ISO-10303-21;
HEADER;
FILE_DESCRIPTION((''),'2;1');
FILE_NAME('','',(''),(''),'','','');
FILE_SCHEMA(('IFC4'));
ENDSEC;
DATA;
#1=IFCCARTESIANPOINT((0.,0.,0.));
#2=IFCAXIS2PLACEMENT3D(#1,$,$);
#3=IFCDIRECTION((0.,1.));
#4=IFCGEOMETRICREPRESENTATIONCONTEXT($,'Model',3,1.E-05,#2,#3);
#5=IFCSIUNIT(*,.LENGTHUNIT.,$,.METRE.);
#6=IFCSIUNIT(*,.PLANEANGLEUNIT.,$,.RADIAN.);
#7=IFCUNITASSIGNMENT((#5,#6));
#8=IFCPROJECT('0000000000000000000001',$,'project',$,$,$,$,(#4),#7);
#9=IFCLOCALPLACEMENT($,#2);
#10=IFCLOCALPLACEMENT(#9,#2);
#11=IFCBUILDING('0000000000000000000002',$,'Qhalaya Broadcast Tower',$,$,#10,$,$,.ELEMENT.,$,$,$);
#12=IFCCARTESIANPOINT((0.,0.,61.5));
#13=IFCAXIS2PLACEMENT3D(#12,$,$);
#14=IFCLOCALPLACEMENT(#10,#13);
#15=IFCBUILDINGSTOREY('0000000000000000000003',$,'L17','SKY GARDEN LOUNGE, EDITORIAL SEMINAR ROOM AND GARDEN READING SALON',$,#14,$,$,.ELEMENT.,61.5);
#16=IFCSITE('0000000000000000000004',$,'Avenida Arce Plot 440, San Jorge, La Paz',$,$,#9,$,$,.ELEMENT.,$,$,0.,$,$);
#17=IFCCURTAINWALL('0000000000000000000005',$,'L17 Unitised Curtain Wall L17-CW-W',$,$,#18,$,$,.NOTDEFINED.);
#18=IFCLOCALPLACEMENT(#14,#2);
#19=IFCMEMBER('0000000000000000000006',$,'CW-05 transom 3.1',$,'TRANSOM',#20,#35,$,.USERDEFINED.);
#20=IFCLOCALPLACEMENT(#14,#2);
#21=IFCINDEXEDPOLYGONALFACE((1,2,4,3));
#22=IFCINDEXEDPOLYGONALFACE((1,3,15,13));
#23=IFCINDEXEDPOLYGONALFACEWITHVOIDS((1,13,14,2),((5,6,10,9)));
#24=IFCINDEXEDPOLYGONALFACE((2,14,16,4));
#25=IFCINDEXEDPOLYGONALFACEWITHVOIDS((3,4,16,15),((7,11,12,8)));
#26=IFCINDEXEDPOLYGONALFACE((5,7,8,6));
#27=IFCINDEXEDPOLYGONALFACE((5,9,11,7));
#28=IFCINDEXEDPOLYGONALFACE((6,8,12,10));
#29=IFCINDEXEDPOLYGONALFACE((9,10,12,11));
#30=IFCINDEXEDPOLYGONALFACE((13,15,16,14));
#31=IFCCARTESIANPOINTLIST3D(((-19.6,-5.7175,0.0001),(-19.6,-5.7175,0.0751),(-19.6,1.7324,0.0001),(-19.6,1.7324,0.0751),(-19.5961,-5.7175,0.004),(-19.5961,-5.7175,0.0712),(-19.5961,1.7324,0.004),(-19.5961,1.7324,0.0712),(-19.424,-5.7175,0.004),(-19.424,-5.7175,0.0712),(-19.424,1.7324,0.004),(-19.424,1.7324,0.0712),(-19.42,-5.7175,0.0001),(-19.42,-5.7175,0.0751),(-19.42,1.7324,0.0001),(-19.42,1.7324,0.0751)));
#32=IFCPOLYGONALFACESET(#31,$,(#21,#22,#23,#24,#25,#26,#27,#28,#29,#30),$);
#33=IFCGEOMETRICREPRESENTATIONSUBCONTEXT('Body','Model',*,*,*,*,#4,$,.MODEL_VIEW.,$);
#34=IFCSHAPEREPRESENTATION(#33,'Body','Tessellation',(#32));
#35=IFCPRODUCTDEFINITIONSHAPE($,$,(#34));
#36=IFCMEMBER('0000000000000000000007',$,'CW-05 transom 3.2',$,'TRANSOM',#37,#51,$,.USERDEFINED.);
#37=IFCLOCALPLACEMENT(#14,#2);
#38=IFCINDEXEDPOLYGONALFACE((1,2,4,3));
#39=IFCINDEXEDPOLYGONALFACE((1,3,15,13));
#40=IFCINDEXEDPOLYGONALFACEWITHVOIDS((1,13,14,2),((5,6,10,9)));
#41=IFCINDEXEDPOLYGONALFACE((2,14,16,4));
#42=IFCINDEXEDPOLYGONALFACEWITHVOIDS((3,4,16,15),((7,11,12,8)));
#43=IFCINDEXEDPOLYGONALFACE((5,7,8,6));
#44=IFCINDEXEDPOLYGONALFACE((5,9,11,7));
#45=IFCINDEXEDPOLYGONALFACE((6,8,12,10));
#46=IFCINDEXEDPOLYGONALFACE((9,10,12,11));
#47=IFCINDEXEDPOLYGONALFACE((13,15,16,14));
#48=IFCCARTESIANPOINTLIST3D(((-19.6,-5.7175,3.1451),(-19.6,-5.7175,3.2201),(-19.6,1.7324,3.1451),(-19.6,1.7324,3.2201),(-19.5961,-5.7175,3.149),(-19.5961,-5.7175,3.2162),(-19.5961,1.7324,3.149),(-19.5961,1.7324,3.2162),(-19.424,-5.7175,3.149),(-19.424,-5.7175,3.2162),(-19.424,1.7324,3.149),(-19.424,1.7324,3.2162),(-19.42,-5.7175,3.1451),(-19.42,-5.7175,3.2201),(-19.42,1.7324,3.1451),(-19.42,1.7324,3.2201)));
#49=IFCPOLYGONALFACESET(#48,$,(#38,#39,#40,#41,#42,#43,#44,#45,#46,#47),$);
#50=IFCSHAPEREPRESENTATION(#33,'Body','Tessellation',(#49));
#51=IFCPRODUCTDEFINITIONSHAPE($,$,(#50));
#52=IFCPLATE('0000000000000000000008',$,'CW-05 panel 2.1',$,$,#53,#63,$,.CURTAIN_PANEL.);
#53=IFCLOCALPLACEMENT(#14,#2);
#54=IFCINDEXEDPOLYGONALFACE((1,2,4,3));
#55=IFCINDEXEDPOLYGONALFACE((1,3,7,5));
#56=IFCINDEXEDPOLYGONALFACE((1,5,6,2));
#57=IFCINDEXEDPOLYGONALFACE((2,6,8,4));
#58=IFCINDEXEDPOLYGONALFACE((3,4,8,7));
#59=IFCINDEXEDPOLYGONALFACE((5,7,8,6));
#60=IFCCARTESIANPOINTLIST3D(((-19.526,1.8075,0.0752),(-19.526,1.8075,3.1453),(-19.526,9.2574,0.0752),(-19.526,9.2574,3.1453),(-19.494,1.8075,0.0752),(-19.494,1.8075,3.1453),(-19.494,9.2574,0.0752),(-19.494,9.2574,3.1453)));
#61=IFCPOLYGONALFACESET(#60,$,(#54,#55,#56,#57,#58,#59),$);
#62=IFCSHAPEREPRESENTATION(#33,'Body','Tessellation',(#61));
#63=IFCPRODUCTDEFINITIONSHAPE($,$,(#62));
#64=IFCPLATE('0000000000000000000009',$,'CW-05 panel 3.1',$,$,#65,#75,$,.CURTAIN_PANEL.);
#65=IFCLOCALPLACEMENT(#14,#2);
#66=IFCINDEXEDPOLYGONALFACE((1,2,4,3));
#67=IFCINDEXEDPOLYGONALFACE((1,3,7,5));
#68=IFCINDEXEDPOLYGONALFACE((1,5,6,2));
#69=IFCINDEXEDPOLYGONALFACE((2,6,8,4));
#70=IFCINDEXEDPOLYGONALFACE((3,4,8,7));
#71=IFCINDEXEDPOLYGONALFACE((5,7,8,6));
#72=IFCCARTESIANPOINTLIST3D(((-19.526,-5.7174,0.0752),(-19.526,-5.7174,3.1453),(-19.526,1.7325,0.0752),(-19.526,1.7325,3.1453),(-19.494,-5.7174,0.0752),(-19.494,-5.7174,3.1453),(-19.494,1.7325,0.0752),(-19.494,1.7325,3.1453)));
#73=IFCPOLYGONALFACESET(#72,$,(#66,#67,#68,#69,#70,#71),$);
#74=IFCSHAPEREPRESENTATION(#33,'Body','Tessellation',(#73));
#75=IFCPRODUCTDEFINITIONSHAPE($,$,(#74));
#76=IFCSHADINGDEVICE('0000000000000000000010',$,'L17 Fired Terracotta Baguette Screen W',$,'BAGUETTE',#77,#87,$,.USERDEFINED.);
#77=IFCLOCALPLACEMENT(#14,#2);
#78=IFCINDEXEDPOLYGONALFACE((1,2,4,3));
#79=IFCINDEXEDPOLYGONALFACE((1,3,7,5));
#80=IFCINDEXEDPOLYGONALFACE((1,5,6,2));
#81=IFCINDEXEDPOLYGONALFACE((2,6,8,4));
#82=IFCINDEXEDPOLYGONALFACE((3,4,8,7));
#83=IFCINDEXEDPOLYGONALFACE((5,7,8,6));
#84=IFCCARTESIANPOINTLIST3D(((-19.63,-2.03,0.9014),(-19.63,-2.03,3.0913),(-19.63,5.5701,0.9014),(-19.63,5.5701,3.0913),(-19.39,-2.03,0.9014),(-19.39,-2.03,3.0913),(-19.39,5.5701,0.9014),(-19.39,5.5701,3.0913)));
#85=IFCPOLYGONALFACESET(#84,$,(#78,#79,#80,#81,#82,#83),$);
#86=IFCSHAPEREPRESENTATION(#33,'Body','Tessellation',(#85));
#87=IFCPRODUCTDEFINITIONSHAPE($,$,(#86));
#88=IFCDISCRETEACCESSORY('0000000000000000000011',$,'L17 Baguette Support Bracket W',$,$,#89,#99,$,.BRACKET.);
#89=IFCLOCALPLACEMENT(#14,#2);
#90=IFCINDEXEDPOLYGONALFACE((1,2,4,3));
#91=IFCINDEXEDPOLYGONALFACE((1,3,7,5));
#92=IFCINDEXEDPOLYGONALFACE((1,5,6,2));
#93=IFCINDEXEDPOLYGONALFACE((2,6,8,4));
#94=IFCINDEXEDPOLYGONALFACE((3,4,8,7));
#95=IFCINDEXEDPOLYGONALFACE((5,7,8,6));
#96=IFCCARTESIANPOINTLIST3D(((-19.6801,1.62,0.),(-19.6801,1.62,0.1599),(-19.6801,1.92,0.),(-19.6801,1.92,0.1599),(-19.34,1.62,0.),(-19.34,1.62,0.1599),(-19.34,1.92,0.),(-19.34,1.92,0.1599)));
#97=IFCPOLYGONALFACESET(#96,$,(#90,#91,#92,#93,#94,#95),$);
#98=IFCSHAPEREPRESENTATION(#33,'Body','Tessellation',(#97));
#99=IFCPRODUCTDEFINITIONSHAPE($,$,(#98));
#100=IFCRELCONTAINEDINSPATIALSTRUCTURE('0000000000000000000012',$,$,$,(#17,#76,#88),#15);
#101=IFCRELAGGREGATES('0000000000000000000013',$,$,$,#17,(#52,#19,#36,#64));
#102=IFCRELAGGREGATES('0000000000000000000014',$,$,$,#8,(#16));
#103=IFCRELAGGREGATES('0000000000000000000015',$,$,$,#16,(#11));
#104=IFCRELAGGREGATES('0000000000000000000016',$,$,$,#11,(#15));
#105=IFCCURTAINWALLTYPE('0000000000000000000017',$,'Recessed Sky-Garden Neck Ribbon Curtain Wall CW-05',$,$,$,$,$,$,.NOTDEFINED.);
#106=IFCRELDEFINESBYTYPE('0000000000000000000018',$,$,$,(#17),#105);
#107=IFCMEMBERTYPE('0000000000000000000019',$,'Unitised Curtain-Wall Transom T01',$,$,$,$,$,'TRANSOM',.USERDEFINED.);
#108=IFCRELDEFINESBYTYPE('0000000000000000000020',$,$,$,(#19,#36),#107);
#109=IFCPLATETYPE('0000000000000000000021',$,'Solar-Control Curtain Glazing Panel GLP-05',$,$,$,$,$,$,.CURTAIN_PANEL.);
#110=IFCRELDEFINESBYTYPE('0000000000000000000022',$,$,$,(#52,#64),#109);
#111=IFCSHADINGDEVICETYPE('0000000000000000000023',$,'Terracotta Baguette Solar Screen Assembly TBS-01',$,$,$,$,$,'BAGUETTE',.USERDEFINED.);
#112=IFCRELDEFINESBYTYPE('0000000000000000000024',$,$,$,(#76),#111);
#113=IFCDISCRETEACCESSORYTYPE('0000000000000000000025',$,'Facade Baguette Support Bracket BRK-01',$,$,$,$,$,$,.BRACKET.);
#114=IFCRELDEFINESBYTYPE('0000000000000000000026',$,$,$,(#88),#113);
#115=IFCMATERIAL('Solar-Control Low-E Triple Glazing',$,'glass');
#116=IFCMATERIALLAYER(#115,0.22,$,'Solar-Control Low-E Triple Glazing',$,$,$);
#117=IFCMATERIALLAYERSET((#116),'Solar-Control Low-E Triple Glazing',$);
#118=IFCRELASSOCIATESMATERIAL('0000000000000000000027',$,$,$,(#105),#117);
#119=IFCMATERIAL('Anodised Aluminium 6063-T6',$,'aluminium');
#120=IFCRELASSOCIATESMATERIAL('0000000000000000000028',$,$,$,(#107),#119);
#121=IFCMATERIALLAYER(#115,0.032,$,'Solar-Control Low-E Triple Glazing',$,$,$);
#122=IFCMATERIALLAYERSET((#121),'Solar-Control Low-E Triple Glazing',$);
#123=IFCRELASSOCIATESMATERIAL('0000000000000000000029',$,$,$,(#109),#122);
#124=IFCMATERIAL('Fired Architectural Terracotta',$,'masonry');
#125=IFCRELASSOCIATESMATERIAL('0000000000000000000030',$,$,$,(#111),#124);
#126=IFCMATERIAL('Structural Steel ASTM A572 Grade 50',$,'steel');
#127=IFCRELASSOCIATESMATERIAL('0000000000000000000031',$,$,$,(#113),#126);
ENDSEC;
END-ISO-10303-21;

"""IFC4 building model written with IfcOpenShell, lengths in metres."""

from ifc_helpers import new_model, si_unit, direction, frame, origin, origin_2d, place, context, subcontext, project, spatial, rectangle, hollow_rectangle, extrude, material, layer, layer_set, material_profile, profile_set, type_object, element, aggregate, save


model = new_model("IFC4")

# Units and contexts
model_context = context("Model", 3, precision=1e-05, world=origin(), true_north=direction((0.0, 1.0)))
body_context = subcontext(model_context, "Body", "Model", "MODEL_VIEW")
ifc_project = project(units=[si_unit("LENGTHUNIT", "METRE"), si_unit("PLANEANGLEUNIT", "RADIAN")], contexts=[model_context])

# Site, building, storey
site_placement = place(None, origin())
site = spatial("IfcSite", under=ifc_project, at=site_placement, Name="Avenida Arce Plot 440, San Jorge, La Paz", CompositionType="ELEMENT", RefElevation=0.0)
building_placement = place(site_placement, origin())
building = spatial("IfcBuilding", under=site, at=building_placement, Name="Qhalaya Broadcast Tower", CompositionType="ELEMENT")
storey_placement = place(building_placement, frame((0.0, 0.0, 61.5)))
storey = spatial("IfcBuildingStorey", under=building, at=storey_placement, Name="L17", Description="SKY GARDEN LOUNGE, EDITORIAL SEMINAR ROOM AND GARDEN READING SALON", CompositionType="ELEMENT", Elevation=61.5)

# Shared definitions
ifc_material_1 = material(Name="Structural Steel ASTM A572 Grade 50", Category="steel")

# Curtain wall, members, plates
ifc_material_2 = material(Name="Solar-Control Low-E Triple Glazing", Category="glass")
ifc_layer_1 = layer(ifc_material_2, 0.22, Name="Solar-Control Low-E Triple Glazing")
ifc_layer_set_1 = layer_set([ifc_layer_1], Name="Solar-Control Low-E Triple Glazing")
curtain_wall_type = type_object("IfcCurtainWallType", Name="Recessed Sky-Garden Neck Ribbon Curtain Wall CW-05", PredefinedType="NOTDEFINED", material=ifc_layer_set_1)
curtain_wall_placement = place(storey_placement, origin())
curtain_wall = element("IfcCurtainWall", 1, at=curtain_wall_placement, inside=storey, type_object=curtain_wall_type, Name="L17 Unitised Curtain Wall L17-CW-W", PredefinedType="NOTDEFINED")
ifc_material_3 = material(Name="Anodised Aluminium 6063-T6", Category="aluminium")
ifc_material_profile_1 = material_profile(ifc_material_3, hollow_rectangle(XDim=0.075, YDim=0.1799, WallThickness=0.0039, at=origin_2d()), Name="ALU-TRN 75x180x4")
ifc_profile_set_1 = profile_set([ifc_material_profile_1], Name="Anodised Aluminium 6063-T6")
member_type_1 = type_object("IfcMemberType", Name="Unitised Curtain-Wall Transom T01", ElementType="TRANSOM", PredefinedType="USERDEFINED", material=ifc_profile_set_1)
member_1_placement = place(storey_placement, frame((-19.51, 1.7324, 0.0376), z_axis=(0.0, -1.0, 0.0), x_axis=(0.0, 0.0, 1.0)))
member_1 = element("IfcMember", 2, at=member_1_placement, type_object=member_type_1, Name="CW-05 transom 3.1", ObjectType="TRANSOM", PredefinedType="USERDEFINED", context=body_context, shape_type="SweptSolid", body=[
    extrude(hollow_rectangle(XDim=0.075, YDim=0.1799, WallThickness=0.0039, at=origin_2d()), origin(), (0.0, 0.0, 1.0), 7.45),
])
member_2_placement = place(storey_placement, frame((-19.51, 1.7324, 3.1826), z_axis=(0.0, -1.0, 0.0), x_axis=(0.0, 0.0, 1.0)))
member_2 = element("IfcMember", 3, at=member_2_placement, type_object=member_type_1, Name="CW-05 transom 3.2", ObjectType="TRANSOM", PredefinedType="USERDEFINED", context=body_context, shape_type="SweptSolid", body=[
    extrude(hollow_rectangle(XDim=0.075, YDim=0.1799, WallThickness=0.0039, at=origin_2d()), origin(), (0.0, 0.0, 1.0), 7.45),
])
ifc_layer_2 = layer(ifc_material_2, 0.032, Name="Solar-Control Low-E Triple Glazing")
ifc_layer_set_2 = layer_set([ifc_layer_2], Name="Solar-Control Low-E Triple Glazing")
plate_type = type_object("IfcPlateType", Name="Solar-Control Curtain Glazing Panel GLP-05", PredefinedType="CURTAIN_PANEL", material=ifc_layer_set_2)
plate_1_placement = place(storey_placement, frame((-19.51, 5.5325, 0.0752), z_axis=(0.0, 0.0, 1.0), x_axis=(0.0, -1.0, 0.0)))
plate_1 = element("IfcPlate", 4, at=plate_1_placement, type_object=plate_type, Name="CW-05 panel 2.1", PredefinedType="CURTAIN_PANEL", context=body_context, shape_type="SweptSolid", body=[
    extrude(rectangle(XDim=7.45, YDim=0.032, at=origin_2d()), origin(), (0.0, 0.0, 1.0), 3.0701),
])
plate_2_placement = place(storey_placement, frame((-19.51, -1.9924, 0.0752), z_axis=(0.0, 0.0, 1.0), x_axis=(0.0, -1.0, 0.0)))
plate_2 = element("IfcPlate", 5, at=plate_2_placement, type_object=plate_type, Name="CW-05 panel 3.1", PredefinedType="CURTAIN_PANEL", context=body_context, shape_type="SweptSolid", body=[
    extrude(rectangle(XDim=7.45, YDim=0.032, at=origin_2d()), origin(), (0.0, 0.0, 1.0), 3.0701),
])
aggregate(curtain_wall, [plate_1, member_1, member_2, plate_2])

# Shading device
ifc_material_4 = material(Name="Fired Architectural Terracotta", Category="masonry")
shading_device_type = type_object("IfcShadingDeviceType", Name="Terracotta Baguette Solar Screen Assembly TBS-01", ElementType="BAGUETTE", PredefinedType="USERDEFINED", material=ifc_material_4)
shading_device_placement = place(storey_placement, frame((-19.51, 1.77, 0.9014), z_axis=(0.0, 0.0, 1.0), x_axis=(0.0, -1.0, 0.0)))
element("IfcShadingDevice", 6, at=shading_device_placement, inside=storey, type_object=shading_device_type, Name="L17 Fired Terracotta Baguette Screen W", ObjectType="BAGUETTE", PredefinedType="USERDEFINED", context=body_context, shape_type="SweptSolid", body=[
    extrude(rectangle(XDim=7.6001, YDim=0.24, at=origin_2d()), origin(), (0.0, 0.0, 1.0), 2.1899),
])

# Discrete accessory
discrete_accessory_type = type_object("IfcDiscreteAccessoryType", Name="Facade Baguette Support Bracket BRK-01", PredefinedType="BRACKET", material=ifc_material_1)
discrete_accessory_placement = place(storey_placement, frame((-19.51, 1.77, 0.0), z_axis=(0.0, 0.0, 1.0), x_axis=(0.0, -1.0, 0.0)))
element("IfcDiscreteAccessory", 7, at=discrete_accessory_placement, inside=storey, type_object=discrete_accessory_type, Name="L17 Baguette Support Bracket W", PredefinedType="BRACKET", context=body_context, shape_type="SweptSolid", body=[
    extrude(rectangle(XDim=0.3, YDim=0.3401, at=origin_2d()), origin(), (0.0, 0.0, 1.0), 0.1599),
])

save(model, "model.ifc")
